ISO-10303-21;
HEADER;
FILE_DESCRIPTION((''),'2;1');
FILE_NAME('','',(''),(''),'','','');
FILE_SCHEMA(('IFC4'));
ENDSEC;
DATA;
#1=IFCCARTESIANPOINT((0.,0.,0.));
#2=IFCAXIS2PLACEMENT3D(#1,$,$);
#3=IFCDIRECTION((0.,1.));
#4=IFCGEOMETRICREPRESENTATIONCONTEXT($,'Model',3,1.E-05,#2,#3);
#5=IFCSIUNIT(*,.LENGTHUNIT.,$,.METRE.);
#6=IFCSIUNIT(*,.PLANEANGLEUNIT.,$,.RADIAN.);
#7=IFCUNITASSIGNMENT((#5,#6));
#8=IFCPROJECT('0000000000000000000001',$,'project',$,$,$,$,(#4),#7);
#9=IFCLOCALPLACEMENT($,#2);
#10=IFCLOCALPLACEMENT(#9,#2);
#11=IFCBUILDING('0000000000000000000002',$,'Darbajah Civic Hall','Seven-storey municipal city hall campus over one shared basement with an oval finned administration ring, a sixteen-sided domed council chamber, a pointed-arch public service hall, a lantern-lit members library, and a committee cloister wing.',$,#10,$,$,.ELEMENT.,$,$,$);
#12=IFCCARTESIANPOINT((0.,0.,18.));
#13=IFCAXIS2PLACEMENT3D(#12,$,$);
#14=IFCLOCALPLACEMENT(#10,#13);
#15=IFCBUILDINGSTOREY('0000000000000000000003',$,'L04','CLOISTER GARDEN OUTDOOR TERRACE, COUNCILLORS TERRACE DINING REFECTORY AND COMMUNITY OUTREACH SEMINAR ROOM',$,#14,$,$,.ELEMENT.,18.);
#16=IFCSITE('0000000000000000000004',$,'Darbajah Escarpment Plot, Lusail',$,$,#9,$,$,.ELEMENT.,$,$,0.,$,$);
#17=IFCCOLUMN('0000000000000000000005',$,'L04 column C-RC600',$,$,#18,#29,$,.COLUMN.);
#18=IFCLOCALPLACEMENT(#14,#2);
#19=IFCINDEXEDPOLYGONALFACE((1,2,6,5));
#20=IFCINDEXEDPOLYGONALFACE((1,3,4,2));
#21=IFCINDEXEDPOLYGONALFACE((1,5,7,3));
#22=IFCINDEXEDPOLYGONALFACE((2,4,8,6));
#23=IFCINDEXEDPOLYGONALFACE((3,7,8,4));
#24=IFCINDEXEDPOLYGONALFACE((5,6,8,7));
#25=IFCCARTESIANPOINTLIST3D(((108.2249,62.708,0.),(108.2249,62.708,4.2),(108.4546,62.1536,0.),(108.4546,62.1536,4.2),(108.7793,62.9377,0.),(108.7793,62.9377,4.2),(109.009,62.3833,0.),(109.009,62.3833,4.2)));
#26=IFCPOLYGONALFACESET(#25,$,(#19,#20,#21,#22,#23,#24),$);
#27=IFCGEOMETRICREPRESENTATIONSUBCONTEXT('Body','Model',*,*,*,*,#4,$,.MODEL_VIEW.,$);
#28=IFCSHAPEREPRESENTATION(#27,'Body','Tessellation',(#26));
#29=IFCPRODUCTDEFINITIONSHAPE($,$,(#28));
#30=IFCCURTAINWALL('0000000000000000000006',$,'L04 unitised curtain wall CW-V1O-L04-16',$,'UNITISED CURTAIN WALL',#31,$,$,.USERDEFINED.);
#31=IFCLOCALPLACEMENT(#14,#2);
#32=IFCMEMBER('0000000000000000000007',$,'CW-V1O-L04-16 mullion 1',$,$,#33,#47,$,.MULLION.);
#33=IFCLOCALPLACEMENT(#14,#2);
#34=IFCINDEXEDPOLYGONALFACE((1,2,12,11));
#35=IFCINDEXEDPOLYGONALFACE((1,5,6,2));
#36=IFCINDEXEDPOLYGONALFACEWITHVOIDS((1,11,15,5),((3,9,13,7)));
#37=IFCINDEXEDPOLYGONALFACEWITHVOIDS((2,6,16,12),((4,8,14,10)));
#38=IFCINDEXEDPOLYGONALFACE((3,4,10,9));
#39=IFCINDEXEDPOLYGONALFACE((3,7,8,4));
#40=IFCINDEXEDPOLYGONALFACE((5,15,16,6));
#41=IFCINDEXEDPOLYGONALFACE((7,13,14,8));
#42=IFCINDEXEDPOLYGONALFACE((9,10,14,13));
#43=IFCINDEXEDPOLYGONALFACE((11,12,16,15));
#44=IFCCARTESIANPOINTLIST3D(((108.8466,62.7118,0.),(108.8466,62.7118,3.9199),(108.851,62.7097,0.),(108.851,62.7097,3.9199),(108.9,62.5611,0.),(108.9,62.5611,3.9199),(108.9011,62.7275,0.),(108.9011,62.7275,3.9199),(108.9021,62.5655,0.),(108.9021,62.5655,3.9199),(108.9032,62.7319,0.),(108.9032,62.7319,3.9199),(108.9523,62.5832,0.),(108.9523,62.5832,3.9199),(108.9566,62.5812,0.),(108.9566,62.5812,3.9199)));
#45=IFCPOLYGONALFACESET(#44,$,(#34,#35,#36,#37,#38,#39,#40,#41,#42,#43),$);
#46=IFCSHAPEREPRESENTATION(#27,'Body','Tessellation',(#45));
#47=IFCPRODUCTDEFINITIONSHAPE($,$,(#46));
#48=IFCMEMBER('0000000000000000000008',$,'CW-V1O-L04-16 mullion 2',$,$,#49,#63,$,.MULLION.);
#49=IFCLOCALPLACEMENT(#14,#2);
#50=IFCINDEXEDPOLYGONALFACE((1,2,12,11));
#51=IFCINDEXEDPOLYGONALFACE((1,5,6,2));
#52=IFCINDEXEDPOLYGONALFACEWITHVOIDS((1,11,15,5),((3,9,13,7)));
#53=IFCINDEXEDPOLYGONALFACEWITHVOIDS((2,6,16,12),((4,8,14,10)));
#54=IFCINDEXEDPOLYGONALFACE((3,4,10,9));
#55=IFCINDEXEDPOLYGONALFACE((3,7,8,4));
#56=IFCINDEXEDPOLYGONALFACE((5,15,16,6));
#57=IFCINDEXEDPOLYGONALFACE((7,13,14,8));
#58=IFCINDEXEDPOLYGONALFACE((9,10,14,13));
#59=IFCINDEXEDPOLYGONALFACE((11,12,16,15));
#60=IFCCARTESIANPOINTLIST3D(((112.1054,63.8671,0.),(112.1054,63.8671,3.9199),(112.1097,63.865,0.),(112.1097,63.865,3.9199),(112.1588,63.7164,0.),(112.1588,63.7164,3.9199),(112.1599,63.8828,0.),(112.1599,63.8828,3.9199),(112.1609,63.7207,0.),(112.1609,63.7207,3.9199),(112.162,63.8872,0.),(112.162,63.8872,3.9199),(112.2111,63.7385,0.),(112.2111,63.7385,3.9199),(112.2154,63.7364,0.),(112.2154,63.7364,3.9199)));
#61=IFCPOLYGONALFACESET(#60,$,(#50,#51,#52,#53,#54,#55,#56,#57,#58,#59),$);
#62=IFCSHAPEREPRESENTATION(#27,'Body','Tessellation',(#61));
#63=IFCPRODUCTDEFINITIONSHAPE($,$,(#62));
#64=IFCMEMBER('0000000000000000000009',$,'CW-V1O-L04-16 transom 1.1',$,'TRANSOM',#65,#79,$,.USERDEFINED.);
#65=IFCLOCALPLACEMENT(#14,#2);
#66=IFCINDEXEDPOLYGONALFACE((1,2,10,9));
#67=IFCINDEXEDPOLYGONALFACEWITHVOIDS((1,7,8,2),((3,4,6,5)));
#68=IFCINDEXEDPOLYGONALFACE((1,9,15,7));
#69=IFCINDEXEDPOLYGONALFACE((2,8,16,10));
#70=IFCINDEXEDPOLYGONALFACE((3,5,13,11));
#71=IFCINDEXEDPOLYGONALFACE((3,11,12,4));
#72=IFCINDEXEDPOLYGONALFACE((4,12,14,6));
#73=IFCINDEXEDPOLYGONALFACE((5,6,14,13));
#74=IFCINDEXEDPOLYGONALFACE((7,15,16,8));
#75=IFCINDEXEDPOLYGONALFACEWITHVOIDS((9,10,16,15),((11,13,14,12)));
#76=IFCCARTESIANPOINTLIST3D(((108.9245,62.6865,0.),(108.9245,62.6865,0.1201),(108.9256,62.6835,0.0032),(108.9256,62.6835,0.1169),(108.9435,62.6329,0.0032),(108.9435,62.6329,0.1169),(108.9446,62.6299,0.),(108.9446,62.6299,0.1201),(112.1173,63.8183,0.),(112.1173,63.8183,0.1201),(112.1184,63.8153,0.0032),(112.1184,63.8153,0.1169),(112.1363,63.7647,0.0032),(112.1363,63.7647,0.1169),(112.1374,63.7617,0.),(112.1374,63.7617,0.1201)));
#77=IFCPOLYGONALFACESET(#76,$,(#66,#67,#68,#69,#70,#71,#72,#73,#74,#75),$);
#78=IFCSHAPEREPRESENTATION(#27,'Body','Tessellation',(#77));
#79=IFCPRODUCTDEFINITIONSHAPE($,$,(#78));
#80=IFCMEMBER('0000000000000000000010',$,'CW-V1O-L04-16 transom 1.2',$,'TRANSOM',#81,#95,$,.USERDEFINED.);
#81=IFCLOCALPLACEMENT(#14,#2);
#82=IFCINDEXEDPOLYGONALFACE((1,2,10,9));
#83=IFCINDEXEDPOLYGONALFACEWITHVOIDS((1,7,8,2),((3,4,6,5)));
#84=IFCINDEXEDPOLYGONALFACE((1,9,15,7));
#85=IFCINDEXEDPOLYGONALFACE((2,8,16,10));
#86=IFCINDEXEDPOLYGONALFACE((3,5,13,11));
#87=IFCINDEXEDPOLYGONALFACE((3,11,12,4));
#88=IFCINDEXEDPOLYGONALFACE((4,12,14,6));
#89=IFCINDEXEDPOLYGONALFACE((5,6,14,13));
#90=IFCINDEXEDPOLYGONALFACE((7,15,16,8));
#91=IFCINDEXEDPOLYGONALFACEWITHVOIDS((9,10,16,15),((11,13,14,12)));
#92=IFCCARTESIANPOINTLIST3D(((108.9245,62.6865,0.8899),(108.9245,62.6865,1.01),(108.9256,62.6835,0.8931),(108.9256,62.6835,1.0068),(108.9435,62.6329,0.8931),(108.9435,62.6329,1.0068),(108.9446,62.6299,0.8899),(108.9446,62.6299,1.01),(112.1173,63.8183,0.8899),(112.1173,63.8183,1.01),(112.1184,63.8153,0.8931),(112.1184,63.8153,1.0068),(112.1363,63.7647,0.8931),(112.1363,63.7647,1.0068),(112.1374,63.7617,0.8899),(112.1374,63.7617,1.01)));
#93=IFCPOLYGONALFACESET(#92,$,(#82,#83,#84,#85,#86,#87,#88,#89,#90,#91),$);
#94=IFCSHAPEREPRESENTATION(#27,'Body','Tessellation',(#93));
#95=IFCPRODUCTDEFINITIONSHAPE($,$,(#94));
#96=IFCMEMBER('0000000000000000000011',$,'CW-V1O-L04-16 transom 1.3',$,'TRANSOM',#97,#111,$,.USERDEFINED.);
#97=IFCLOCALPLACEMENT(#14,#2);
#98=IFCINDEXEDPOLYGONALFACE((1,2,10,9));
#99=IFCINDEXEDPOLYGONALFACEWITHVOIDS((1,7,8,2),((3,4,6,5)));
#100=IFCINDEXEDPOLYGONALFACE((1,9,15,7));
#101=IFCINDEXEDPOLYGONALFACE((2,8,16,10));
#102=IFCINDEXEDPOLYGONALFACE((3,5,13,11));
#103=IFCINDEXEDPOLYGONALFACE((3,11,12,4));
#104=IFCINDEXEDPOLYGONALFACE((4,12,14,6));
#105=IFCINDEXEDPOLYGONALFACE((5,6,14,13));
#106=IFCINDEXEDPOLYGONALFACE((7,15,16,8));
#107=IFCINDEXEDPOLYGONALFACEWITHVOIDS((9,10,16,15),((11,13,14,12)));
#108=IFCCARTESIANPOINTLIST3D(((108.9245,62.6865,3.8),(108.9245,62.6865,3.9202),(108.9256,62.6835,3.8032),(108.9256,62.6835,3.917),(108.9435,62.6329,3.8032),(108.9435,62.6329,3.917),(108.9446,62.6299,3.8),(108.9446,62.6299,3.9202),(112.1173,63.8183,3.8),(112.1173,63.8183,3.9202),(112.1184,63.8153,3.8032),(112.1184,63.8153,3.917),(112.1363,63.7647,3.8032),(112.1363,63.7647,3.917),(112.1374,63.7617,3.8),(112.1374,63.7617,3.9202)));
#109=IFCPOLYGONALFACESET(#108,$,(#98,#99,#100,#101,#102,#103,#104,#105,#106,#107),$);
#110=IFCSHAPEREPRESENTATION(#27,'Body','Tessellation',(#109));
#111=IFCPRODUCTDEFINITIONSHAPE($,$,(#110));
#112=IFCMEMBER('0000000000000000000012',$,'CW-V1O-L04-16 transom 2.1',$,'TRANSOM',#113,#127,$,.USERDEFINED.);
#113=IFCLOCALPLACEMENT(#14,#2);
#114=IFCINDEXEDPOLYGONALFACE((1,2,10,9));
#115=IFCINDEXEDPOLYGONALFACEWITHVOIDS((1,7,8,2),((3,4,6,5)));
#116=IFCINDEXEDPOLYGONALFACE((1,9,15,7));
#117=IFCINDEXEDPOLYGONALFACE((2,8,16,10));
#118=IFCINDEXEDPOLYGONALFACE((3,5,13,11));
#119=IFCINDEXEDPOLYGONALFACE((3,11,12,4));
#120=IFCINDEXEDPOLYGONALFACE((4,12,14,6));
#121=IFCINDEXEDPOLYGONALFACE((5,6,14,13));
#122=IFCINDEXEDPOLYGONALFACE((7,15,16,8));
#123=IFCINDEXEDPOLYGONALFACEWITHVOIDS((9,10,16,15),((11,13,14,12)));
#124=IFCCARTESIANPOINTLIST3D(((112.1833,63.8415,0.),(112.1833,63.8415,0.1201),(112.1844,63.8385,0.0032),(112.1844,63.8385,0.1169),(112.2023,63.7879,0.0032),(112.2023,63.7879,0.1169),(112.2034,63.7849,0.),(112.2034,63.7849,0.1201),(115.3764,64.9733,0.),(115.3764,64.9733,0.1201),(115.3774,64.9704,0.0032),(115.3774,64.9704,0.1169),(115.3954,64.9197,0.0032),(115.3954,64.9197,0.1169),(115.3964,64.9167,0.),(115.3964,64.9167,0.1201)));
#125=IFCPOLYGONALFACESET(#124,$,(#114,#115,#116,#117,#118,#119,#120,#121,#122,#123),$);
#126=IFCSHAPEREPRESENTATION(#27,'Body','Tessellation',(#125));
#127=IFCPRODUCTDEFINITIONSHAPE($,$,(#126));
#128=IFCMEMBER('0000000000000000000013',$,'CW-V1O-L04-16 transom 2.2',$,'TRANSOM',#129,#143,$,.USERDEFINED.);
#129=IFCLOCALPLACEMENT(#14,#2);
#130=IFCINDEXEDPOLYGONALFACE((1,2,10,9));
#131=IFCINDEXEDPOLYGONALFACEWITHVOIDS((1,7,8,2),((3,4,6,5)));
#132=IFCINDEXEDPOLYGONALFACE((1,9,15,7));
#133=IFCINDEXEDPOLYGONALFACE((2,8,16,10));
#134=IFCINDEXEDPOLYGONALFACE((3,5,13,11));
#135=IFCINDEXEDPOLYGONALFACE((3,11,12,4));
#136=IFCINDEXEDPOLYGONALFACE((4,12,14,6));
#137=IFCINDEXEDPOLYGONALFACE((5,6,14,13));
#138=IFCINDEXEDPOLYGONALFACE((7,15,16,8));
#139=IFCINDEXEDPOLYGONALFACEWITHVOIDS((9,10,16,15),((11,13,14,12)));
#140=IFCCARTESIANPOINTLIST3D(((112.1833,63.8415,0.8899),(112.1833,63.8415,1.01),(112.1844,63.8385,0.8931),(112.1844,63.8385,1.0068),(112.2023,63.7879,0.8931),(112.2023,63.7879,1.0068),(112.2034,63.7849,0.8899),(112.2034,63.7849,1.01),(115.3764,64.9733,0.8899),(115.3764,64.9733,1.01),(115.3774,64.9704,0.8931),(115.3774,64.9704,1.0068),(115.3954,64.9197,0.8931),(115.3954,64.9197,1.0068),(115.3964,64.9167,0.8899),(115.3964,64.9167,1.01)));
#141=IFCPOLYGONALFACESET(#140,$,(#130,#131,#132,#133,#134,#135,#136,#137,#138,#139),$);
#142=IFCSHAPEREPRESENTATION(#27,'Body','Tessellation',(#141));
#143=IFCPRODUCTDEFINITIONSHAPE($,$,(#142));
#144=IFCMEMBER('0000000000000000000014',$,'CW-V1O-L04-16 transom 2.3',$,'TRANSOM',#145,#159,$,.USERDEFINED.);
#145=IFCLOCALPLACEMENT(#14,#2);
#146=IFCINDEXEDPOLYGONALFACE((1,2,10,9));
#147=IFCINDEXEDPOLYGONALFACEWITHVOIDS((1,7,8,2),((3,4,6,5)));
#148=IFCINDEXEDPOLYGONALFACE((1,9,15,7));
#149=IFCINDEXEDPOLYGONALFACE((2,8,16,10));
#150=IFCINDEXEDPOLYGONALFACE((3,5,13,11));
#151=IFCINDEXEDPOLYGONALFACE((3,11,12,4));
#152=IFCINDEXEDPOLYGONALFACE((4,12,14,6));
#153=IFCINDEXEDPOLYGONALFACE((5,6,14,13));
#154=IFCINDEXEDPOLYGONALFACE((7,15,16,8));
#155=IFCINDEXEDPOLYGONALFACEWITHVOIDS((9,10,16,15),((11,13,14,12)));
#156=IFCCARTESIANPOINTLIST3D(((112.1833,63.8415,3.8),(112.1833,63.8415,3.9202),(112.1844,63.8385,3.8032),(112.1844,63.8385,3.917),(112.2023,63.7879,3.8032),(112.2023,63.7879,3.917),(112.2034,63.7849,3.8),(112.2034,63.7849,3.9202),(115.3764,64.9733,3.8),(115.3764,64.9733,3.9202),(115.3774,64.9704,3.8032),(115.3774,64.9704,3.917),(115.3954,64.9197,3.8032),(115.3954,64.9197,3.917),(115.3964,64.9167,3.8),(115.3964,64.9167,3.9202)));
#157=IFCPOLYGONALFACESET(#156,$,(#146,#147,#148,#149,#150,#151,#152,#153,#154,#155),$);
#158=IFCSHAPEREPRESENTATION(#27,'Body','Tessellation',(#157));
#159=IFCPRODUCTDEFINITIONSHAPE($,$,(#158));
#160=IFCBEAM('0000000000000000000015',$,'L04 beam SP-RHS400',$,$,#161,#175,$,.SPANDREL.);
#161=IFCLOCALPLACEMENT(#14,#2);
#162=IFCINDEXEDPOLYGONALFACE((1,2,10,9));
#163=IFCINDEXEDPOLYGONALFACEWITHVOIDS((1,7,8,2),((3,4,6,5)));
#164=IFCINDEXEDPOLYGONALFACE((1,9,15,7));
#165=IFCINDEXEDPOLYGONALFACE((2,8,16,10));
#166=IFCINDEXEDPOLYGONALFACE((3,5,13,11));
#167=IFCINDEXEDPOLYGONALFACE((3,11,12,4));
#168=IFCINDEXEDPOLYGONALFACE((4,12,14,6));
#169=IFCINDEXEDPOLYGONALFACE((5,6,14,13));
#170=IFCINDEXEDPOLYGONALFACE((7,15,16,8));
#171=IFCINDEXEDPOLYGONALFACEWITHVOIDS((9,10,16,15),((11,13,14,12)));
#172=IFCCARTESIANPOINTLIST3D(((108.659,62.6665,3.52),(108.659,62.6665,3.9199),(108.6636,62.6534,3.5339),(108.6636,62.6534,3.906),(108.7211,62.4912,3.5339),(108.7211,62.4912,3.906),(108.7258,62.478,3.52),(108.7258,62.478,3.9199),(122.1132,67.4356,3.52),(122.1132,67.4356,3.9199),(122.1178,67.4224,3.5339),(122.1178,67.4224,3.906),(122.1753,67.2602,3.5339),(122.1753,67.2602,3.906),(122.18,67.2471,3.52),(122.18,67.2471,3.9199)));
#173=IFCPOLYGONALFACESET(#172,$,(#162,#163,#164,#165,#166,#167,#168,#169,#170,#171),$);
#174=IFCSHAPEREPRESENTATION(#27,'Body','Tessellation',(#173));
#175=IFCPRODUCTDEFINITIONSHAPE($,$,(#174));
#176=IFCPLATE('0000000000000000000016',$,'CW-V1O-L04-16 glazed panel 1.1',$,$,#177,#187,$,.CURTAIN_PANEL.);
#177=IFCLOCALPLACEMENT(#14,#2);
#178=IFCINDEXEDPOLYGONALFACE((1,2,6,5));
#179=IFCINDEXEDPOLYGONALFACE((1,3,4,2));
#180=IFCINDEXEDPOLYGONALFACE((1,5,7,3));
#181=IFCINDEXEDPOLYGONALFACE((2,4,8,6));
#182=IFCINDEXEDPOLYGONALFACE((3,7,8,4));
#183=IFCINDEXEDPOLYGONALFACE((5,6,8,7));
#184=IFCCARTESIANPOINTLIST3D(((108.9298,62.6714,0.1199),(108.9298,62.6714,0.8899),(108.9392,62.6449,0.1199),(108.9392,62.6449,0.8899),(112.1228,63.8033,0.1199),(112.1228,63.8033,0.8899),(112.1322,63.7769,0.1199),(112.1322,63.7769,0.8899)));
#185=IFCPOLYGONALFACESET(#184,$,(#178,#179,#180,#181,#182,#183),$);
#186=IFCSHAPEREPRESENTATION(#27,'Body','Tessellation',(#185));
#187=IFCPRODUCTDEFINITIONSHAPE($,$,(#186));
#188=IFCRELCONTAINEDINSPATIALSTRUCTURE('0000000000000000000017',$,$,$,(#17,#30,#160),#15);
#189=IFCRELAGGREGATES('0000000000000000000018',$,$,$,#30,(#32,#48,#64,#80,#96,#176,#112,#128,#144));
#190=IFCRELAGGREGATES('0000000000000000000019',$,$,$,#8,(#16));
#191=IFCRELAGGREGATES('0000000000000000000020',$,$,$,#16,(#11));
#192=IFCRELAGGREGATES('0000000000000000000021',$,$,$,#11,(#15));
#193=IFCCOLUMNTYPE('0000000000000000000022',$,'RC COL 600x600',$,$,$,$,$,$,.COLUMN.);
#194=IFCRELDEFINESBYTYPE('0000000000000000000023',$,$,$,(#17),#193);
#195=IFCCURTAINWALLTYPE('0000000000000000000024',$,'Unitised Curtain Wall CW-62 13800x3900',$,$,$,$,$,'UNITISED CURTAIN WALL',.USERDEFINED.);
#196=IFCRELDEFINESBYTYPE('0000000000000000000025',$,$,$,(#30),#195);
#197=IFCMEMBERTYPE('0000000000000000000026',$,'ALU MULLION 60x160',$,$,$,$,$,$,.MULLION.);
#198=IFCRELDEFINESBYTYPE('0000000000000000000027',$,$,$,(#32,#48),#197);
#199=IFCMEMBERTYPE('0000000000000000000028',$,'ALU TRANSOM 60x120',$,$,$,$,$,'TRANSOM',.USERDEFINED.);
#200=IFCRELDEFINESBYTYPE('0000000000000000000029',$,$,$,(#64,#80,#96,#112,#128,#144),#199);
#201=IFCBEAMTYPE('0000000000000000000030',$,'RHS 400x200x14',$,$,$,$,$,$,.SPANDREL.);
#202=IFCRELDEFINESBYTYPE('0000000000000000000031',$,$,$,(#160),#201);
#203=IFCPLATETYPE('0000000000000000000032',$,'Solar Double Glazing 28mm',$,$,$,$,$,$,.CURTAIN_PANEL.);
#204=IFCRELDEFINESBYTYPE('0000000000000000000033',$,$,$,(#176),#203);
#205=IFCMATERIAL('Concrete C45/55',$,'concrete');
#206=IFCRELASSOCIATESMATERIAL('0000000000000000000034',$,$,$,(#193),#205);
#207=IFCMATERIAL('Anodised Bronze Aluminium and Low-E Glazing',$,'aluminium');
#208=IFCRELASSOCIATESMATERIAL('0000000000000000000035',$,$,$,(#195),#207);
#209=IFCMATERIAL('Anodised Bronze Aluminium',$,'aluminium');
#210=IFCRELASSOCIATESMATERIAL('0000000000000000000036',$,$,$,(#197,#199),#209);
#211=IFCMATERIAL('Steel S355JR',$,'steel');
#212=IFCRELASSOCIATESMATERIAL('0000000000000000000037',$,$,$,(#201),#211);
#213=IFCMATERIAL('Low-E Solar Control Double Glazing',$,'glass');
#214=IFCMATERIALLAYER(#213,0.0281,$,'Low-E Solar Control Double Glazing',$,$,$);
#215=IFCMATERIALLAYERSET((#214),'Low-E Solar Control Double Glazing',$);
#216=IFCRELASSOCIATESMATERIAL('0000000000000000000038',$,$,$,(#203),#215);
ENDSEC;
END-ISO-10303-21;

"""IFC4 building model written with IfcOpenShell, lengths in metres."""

from ifc_helpers import new_model, si_unit, direction, frame, origin, origin_2d, place, context, subcontext, project, spatial, rectangle, hollow_rectangle, extrude, material, layer, layer_set, material_profile, profile_set, type_object, element, aggregate, save


model = new_model("IFC4")

# Units and contexts
model_context = context("Model", 3, precision=1e-05, world=origin(), true_north=direction((0.0, 1.0)))
body_context = subcontext(model_context, "Body", "Model", "MODEL_VIEW")
ifc_project = project(units=[si_unit("LENGTHUNIT", "METRE"), si_unit("PLANEANGLEUNIT", "RADIAN")], contexts=[model_context])

# Site, building, storey
site_placement = place(None, origin())
site = spatial("IfcSite", under=ifc_project, at=site_placement, Name="Darbajah Escarpment Plot, Lusail", CompositionType="ELEMENT", RefElevation=0.0)
building_placement = place(site_placement, origin())
building = spatial("IfcBuilding", under=site, at=building_placement, Name="Darbajah Civic Hall", Description="Seven-storey municipal city hall campus over one shared basement with an oval finned administration ring, a sixteen-sided domed council chamber, a pointed-arch public service hall, a lantern-lit members library, and a committee cloister wing.", CompositionType="ELEMENT")
storey_placement = place(building_placement, frame((0.0, 0.0, 18.0)))
storey = spatial("IfcBuildingStorey", under=building, at=storey_placement, Name="L04", Description="CLOISTER GARDEN OUTDOOR TERRACE, COUNCILLORS TERRACE DINING REFECTORY AND COMMUNITY OUTREACH SEMINAR ROOM", CompositionType="ELEMENT", Elevation=18.0)

# Column
ifc_material_1 = material(Name="Concrete C45/55", Category="concrete")
ifc_material_profile_1 = material_profile(ifc_material_1, rectangle(XDim=0.6001, YDim=0.6001, at=origin_2d()), Name="RC COL 600x600")
ifc_profile_set_1 = profile_set([ifc_material_profile_1], Name="Concrete C45/55")
column_type = type_object("IfcColumnType", Name="RC COL 600x600", PredefinedType="COLUMN", material=ifc_profile_set_1)
column_placement = place(storey_placement, frame((108.6169, 62.5457, 0.0), z_axis=(0.0, 0.0, 1.0), x_axis=(0.382683, -0.92388, 0.0)))
element("IfcColumn", 1, at=column_placement, inside=storey, type_object=column_type, Name="L04 column C-RC600", PredefinedType="COLUMN", context=body_context, shape_type="SweptSolid", body=[
    extrude(rectangle(XDim=0.6001, YDim=0.6001, at=origin_2d()), origin(), (0.0, 0.0, 1.0), 4.2),
])

# Curtain wall, members
ifc_material_2 = material(Name="Anodised Bronze Aluminium and Low-E Glazing", Category="aluminium")
curtain_wall_type = type_object("IfcCurtainWallType", Name="Unitised Curtain Wall CW-62 13800x3900", ElementType="UNITISED CURTAIN WALL", PredefinedType="USERDEFINED", material=ifc_material_2)
curtain_wall_placement = place(storey_placement, origin())
curtain_wall = element("IfcCurtainWall", 2, at=curtain_wall_placement, inside=storey, type_object=curtain_wall_type, Name="L04 unitised curtain wall CW-V1O-L04-16", ObjectType="UNITISED CURTAIN WALL", PredefinedType="USERDEFINED")
ifc_material_3 = material(Name="Anodised Bronze Aluminium", Category="aluminium")
ifc_material_profile_2 = material_profile(ifc_material_3, hollow_rectangle(XDim=0.0601, YDim=0.1599, WallThickness=0.0034, at=origin_2d()), Name="ALU MULLION 60x160")
ifc_profile_set_2 = profile_set([ifc_material_profile_2], Name="Anodised Bronze Aluminium")
member_type_1 = type_object("IfcMemberType", Name="ALU MULLION 60x160", PredefinedType="MULLION", material=ifc_profile_set_2)
member_1_placement = place(storey_placement, frame((108.9016, 62.6465, 0.0), z_axis=(0.0, 0.0, 1.0), x_axis=(0.942525, 0.334136, 0.0)))
member_1 = element("IfcMember", 3, at=member_1_placement, type_object=member_type_1, Name="CW-V1O-L04-16 mullion 1", PredefinedType="MULLION", context=body_context, shape_type="SweptSolid", body=[
    extrude(hollow_rectangle(XDim=0.0601, YDim=0.1599, WallThickness=0.0034, at=origin_2d()), origin(), (0.0, 0.0, 1.0), 3.9199),
])
member_2_placement = place(storey_placement, frame((112.1604, 63.8018, 0.0), z_axis=(0.0, 0.0, 1.0), x_axis=(0.942525, 0.334136, 0.0)))
member_2 = element("IfcMember", 4, at=member_2_placement, type_object=member_type_1, Name="CW-V1O-L04-16 mullion 2", PredefinedType="MULLION", context=body_context, shape_type="SweptSolid", body=[
    extrude(hollow_rectangle(XDim=0.0601, YDim=0.1599, WallThickness=0.0034, at=origin_2d()), origin(), (0.0, 0.0, 1.0), 3.9199),
])
ifc_material_profile_3 = material_profile(ifc_material_3, hollow_rectangle(XDim=0.0601, YDim=0.1201, WallThickness=0.0032, at=origin_2d()), Name="ALU TRANSOM 60x120")
ifc_profile_set_3 = profile_set([ifc_material_profile_3], Name="Anodised Bronze Aluminium")
member_type_2 = type_object("IfcMemberType", Name="ALU TRANSOM 60x120", ElementType="TRANSOM", PredefinedType="USERDEFINED", material=ifc_profile_set_3)
member_3_placement = place(storey_placement, frame((108.9346, 62.6582, 0.0601), z_axis=(0.942532, 0.334117, 0.0), x_axis=(-0.334117, 0.942532, 0.0)))
member_3 = element("IfcMember", 5, at=member_3_placement, type_object=member_type_2, Name="CW-V1O-L04-16 transom 1.1", ObjectType="TRANSOM", PredefinedType="USERDEFINED", context=body_context, shape_type="SweptSolid", body=[
    extrude(hollow_rectangle(XDim=0.0601, YDim=0.1201, WallThickness=0.0032, at=origin_2d()), origin(), (0.0, 0.0, 1.0), 3.3875),
])
member_4_placement = place(storey_placement, frame((108.9346, 62.6582, 0.95), z_axis=(0.942532, 0.334117, 0.0), x_axis=(-0.334117, 0.942532, 0.0)))
member_4 = element("IfcMember", 6, at=member_4_placement, type_object=member_type_2, Name="CW-V1O-L04-16 transom 1.2", ObjectType="TRANSOM", PredefinedType="USERDEFINED", context=body_context, shape_type="SweptSolid", body=[
    extrude(hollow_rectangle(XDim=0.0601, YDim=0.1201, WallThickness=0.0032, at=origin_2d()), origin(), (0.0, 0.0, 1.0), 3.3875),
])
member_5_placement = place(storey_placement, frame((108.9346, 62.6582, 3.8601), z_axis=(0.942532, 0.334117, 0.0), x_axis=(-0.334117, 0.942532, 0.0)))
member_5 = element("IfcMember", 7, at=member_5_placement, type_object=member_type_2, Name="CW-V1O-L04-16 transom 1.3", ObjectType="TRANSOM", PredefinedType="USERDEFINED", context=body_context, shape_type="SweptSolid", body=[
    extrude(hollow_rectangle(XDim=0.0601, YDim=0.1201, WallThickness=0.0032, at=origin_2d()), origin(), (0.0, 0.0, 1.0), 3.3875),
])
member_6_placement = place(storey_placement, frame((112.1934, 63.8132, 0.0601), z_axis=(0.94254, 0.334094, 0.0), x_axis=(-0.334094, 0.94254, 0.0)))
member_6 = element("IfcMember", 8, at=member_6_placement, type_object=member_type_2, Name="CW-V1O-L04-16 transom 2.1", ObjectType="TRANSOM", PredefinedType="USERDEFINED", context=body_context, shape_type="SweptSolid", body=[
    extrude(hollow_rectangle(XDim=0.0601, YDim=0.1201, WallThickness=0.0032, at=origin_2d()), origin(), (0.0, 0.0, 1.0), 3.3877),
])
member_7_placement = place(storey_placement, frame((112.1934, 63.8132, 0.95), z_axis=(0.94254, 0.334094, 0.0), x_axis=(-0.334094, 0.94254, 0.0)))
member_7 = element("IfcMember", 9, at=member_7_placement, type_object=member_type_2, Name="CW-V1O-L04-16 transom 2.2", ObjectType="TRANSOM", PredefinedType="USERDEFINED", context=body_context, shape_type="SweptSolid", body=[
    extrude(hollow_rectangle(XDim=0.0601, YDim=0.1201, WallThickness=0.0032, at=origin_2d()), origin(), (0.0, 0.0, 1.0), 3.3877),
])
member_8_placement = place(storey_placement, frame((112.1934, 63.8132, 3.8601), z_axis=(0.94254, 0.334094, 0.0), x_axis=(-0.334094, 0.94254, 0.0)))
member_8 = element("IfcMember", 10, at=member_8_placement, type_object=member_type_2, Name="CW-V1O-L04-16 transom 2.3", ObjectType="TRANSOM", PredefinedType="USERDEFINED", context=body_context, shape_type="SweptSolid", body=[
    extrude(hollow_rectangle(XDim=0.0601, YDim=0.1201, WallThickness=0.0032, at=origin_2d()), origin(), (0.0, 0.0, 1.0), 3.3877),
])

# Beam
ifc_material_4 = material(Name="Steel S355JR", Category="steel")
ifc_material_profile_4 = material_profile(ifc_material_4, hollow_rectangle(XDim=0.2, YDim=0.3999, WallThickness=0.0139, at=origin_2d()), Name="RHS 400x200x14")
ifc_profile_set_4 = profile_set([ifc_material_profile_4], Name="Steel S355JR")
beam_type = type_object("IfcBeamType", Name="RHS 400x200x14", PredefinedType="SPANDREL", material=ifc_profile_set_4)
beam_placement = place(storey_placement, frame((108.6924, 62.5723, 3.72), z_axis=(0.942538, 0.334099, 0.0), x_axis=(-0.334099, 0.942538, 0.0)))
element("IfcBeam", 11, at=beam_placement, inside=storey, type_object=beam_type, Name="L04 beam SP-RHS400", PredefinedType="SPANDREL", context=body_context, shape_type="SweptSolid", body=[
    extrude(hollow_rectangle(XDim=0.2, YDim=0.3999, WallThickness=0.0139, at=origin_2d()), origin(), (0.0, 0.0, 1.0), 14.2744),
])

# Plate
ifc_material_5 = material(Name="Low-E Solar Control Double Glazing", Category="glass")
ifc_layer = layer(ifc_material_5, 0.0281, Name="Low-E Solar Control Double Glazing")
ifc_layer_set = layer_set([ifc_layer], Name="Low-E Solar Control Double Glazing")
plate_type = type_object("IfcPlateType", Name="Solar Double Glazing 28mm", PredefinedType="CURTAIN_PANEL", material=ifc_layer_set)
plate_1_placement = place(storey_placement, frame((110.531, 63.2241, 0.1199), z_axis=(0.0, 0.0, 1.0), x_axis=(0.942525, 0.334136, 0.0)))
plate_1 = element("IfcPlate", 12, at=plate_1_placement, type_object=plate_type, Name="CW-V1O-L04-16 glazed panel 1.1", PredefinedType="CURTAIN_PANEL", context=body_context, shape_type="SweptSolid", body=[
    extrude(rectangle(XDim=3.3877, YDim=0.0281, at=origin_2d()), origin(), (0.0, 0.0, 1.0), 0.77),
])
aggregate(curtain_wall, [member_1, member_2, member_3, member_4, member_5, plate_1, member_6, member_7, member_8])

save(model, "model.ifc")
